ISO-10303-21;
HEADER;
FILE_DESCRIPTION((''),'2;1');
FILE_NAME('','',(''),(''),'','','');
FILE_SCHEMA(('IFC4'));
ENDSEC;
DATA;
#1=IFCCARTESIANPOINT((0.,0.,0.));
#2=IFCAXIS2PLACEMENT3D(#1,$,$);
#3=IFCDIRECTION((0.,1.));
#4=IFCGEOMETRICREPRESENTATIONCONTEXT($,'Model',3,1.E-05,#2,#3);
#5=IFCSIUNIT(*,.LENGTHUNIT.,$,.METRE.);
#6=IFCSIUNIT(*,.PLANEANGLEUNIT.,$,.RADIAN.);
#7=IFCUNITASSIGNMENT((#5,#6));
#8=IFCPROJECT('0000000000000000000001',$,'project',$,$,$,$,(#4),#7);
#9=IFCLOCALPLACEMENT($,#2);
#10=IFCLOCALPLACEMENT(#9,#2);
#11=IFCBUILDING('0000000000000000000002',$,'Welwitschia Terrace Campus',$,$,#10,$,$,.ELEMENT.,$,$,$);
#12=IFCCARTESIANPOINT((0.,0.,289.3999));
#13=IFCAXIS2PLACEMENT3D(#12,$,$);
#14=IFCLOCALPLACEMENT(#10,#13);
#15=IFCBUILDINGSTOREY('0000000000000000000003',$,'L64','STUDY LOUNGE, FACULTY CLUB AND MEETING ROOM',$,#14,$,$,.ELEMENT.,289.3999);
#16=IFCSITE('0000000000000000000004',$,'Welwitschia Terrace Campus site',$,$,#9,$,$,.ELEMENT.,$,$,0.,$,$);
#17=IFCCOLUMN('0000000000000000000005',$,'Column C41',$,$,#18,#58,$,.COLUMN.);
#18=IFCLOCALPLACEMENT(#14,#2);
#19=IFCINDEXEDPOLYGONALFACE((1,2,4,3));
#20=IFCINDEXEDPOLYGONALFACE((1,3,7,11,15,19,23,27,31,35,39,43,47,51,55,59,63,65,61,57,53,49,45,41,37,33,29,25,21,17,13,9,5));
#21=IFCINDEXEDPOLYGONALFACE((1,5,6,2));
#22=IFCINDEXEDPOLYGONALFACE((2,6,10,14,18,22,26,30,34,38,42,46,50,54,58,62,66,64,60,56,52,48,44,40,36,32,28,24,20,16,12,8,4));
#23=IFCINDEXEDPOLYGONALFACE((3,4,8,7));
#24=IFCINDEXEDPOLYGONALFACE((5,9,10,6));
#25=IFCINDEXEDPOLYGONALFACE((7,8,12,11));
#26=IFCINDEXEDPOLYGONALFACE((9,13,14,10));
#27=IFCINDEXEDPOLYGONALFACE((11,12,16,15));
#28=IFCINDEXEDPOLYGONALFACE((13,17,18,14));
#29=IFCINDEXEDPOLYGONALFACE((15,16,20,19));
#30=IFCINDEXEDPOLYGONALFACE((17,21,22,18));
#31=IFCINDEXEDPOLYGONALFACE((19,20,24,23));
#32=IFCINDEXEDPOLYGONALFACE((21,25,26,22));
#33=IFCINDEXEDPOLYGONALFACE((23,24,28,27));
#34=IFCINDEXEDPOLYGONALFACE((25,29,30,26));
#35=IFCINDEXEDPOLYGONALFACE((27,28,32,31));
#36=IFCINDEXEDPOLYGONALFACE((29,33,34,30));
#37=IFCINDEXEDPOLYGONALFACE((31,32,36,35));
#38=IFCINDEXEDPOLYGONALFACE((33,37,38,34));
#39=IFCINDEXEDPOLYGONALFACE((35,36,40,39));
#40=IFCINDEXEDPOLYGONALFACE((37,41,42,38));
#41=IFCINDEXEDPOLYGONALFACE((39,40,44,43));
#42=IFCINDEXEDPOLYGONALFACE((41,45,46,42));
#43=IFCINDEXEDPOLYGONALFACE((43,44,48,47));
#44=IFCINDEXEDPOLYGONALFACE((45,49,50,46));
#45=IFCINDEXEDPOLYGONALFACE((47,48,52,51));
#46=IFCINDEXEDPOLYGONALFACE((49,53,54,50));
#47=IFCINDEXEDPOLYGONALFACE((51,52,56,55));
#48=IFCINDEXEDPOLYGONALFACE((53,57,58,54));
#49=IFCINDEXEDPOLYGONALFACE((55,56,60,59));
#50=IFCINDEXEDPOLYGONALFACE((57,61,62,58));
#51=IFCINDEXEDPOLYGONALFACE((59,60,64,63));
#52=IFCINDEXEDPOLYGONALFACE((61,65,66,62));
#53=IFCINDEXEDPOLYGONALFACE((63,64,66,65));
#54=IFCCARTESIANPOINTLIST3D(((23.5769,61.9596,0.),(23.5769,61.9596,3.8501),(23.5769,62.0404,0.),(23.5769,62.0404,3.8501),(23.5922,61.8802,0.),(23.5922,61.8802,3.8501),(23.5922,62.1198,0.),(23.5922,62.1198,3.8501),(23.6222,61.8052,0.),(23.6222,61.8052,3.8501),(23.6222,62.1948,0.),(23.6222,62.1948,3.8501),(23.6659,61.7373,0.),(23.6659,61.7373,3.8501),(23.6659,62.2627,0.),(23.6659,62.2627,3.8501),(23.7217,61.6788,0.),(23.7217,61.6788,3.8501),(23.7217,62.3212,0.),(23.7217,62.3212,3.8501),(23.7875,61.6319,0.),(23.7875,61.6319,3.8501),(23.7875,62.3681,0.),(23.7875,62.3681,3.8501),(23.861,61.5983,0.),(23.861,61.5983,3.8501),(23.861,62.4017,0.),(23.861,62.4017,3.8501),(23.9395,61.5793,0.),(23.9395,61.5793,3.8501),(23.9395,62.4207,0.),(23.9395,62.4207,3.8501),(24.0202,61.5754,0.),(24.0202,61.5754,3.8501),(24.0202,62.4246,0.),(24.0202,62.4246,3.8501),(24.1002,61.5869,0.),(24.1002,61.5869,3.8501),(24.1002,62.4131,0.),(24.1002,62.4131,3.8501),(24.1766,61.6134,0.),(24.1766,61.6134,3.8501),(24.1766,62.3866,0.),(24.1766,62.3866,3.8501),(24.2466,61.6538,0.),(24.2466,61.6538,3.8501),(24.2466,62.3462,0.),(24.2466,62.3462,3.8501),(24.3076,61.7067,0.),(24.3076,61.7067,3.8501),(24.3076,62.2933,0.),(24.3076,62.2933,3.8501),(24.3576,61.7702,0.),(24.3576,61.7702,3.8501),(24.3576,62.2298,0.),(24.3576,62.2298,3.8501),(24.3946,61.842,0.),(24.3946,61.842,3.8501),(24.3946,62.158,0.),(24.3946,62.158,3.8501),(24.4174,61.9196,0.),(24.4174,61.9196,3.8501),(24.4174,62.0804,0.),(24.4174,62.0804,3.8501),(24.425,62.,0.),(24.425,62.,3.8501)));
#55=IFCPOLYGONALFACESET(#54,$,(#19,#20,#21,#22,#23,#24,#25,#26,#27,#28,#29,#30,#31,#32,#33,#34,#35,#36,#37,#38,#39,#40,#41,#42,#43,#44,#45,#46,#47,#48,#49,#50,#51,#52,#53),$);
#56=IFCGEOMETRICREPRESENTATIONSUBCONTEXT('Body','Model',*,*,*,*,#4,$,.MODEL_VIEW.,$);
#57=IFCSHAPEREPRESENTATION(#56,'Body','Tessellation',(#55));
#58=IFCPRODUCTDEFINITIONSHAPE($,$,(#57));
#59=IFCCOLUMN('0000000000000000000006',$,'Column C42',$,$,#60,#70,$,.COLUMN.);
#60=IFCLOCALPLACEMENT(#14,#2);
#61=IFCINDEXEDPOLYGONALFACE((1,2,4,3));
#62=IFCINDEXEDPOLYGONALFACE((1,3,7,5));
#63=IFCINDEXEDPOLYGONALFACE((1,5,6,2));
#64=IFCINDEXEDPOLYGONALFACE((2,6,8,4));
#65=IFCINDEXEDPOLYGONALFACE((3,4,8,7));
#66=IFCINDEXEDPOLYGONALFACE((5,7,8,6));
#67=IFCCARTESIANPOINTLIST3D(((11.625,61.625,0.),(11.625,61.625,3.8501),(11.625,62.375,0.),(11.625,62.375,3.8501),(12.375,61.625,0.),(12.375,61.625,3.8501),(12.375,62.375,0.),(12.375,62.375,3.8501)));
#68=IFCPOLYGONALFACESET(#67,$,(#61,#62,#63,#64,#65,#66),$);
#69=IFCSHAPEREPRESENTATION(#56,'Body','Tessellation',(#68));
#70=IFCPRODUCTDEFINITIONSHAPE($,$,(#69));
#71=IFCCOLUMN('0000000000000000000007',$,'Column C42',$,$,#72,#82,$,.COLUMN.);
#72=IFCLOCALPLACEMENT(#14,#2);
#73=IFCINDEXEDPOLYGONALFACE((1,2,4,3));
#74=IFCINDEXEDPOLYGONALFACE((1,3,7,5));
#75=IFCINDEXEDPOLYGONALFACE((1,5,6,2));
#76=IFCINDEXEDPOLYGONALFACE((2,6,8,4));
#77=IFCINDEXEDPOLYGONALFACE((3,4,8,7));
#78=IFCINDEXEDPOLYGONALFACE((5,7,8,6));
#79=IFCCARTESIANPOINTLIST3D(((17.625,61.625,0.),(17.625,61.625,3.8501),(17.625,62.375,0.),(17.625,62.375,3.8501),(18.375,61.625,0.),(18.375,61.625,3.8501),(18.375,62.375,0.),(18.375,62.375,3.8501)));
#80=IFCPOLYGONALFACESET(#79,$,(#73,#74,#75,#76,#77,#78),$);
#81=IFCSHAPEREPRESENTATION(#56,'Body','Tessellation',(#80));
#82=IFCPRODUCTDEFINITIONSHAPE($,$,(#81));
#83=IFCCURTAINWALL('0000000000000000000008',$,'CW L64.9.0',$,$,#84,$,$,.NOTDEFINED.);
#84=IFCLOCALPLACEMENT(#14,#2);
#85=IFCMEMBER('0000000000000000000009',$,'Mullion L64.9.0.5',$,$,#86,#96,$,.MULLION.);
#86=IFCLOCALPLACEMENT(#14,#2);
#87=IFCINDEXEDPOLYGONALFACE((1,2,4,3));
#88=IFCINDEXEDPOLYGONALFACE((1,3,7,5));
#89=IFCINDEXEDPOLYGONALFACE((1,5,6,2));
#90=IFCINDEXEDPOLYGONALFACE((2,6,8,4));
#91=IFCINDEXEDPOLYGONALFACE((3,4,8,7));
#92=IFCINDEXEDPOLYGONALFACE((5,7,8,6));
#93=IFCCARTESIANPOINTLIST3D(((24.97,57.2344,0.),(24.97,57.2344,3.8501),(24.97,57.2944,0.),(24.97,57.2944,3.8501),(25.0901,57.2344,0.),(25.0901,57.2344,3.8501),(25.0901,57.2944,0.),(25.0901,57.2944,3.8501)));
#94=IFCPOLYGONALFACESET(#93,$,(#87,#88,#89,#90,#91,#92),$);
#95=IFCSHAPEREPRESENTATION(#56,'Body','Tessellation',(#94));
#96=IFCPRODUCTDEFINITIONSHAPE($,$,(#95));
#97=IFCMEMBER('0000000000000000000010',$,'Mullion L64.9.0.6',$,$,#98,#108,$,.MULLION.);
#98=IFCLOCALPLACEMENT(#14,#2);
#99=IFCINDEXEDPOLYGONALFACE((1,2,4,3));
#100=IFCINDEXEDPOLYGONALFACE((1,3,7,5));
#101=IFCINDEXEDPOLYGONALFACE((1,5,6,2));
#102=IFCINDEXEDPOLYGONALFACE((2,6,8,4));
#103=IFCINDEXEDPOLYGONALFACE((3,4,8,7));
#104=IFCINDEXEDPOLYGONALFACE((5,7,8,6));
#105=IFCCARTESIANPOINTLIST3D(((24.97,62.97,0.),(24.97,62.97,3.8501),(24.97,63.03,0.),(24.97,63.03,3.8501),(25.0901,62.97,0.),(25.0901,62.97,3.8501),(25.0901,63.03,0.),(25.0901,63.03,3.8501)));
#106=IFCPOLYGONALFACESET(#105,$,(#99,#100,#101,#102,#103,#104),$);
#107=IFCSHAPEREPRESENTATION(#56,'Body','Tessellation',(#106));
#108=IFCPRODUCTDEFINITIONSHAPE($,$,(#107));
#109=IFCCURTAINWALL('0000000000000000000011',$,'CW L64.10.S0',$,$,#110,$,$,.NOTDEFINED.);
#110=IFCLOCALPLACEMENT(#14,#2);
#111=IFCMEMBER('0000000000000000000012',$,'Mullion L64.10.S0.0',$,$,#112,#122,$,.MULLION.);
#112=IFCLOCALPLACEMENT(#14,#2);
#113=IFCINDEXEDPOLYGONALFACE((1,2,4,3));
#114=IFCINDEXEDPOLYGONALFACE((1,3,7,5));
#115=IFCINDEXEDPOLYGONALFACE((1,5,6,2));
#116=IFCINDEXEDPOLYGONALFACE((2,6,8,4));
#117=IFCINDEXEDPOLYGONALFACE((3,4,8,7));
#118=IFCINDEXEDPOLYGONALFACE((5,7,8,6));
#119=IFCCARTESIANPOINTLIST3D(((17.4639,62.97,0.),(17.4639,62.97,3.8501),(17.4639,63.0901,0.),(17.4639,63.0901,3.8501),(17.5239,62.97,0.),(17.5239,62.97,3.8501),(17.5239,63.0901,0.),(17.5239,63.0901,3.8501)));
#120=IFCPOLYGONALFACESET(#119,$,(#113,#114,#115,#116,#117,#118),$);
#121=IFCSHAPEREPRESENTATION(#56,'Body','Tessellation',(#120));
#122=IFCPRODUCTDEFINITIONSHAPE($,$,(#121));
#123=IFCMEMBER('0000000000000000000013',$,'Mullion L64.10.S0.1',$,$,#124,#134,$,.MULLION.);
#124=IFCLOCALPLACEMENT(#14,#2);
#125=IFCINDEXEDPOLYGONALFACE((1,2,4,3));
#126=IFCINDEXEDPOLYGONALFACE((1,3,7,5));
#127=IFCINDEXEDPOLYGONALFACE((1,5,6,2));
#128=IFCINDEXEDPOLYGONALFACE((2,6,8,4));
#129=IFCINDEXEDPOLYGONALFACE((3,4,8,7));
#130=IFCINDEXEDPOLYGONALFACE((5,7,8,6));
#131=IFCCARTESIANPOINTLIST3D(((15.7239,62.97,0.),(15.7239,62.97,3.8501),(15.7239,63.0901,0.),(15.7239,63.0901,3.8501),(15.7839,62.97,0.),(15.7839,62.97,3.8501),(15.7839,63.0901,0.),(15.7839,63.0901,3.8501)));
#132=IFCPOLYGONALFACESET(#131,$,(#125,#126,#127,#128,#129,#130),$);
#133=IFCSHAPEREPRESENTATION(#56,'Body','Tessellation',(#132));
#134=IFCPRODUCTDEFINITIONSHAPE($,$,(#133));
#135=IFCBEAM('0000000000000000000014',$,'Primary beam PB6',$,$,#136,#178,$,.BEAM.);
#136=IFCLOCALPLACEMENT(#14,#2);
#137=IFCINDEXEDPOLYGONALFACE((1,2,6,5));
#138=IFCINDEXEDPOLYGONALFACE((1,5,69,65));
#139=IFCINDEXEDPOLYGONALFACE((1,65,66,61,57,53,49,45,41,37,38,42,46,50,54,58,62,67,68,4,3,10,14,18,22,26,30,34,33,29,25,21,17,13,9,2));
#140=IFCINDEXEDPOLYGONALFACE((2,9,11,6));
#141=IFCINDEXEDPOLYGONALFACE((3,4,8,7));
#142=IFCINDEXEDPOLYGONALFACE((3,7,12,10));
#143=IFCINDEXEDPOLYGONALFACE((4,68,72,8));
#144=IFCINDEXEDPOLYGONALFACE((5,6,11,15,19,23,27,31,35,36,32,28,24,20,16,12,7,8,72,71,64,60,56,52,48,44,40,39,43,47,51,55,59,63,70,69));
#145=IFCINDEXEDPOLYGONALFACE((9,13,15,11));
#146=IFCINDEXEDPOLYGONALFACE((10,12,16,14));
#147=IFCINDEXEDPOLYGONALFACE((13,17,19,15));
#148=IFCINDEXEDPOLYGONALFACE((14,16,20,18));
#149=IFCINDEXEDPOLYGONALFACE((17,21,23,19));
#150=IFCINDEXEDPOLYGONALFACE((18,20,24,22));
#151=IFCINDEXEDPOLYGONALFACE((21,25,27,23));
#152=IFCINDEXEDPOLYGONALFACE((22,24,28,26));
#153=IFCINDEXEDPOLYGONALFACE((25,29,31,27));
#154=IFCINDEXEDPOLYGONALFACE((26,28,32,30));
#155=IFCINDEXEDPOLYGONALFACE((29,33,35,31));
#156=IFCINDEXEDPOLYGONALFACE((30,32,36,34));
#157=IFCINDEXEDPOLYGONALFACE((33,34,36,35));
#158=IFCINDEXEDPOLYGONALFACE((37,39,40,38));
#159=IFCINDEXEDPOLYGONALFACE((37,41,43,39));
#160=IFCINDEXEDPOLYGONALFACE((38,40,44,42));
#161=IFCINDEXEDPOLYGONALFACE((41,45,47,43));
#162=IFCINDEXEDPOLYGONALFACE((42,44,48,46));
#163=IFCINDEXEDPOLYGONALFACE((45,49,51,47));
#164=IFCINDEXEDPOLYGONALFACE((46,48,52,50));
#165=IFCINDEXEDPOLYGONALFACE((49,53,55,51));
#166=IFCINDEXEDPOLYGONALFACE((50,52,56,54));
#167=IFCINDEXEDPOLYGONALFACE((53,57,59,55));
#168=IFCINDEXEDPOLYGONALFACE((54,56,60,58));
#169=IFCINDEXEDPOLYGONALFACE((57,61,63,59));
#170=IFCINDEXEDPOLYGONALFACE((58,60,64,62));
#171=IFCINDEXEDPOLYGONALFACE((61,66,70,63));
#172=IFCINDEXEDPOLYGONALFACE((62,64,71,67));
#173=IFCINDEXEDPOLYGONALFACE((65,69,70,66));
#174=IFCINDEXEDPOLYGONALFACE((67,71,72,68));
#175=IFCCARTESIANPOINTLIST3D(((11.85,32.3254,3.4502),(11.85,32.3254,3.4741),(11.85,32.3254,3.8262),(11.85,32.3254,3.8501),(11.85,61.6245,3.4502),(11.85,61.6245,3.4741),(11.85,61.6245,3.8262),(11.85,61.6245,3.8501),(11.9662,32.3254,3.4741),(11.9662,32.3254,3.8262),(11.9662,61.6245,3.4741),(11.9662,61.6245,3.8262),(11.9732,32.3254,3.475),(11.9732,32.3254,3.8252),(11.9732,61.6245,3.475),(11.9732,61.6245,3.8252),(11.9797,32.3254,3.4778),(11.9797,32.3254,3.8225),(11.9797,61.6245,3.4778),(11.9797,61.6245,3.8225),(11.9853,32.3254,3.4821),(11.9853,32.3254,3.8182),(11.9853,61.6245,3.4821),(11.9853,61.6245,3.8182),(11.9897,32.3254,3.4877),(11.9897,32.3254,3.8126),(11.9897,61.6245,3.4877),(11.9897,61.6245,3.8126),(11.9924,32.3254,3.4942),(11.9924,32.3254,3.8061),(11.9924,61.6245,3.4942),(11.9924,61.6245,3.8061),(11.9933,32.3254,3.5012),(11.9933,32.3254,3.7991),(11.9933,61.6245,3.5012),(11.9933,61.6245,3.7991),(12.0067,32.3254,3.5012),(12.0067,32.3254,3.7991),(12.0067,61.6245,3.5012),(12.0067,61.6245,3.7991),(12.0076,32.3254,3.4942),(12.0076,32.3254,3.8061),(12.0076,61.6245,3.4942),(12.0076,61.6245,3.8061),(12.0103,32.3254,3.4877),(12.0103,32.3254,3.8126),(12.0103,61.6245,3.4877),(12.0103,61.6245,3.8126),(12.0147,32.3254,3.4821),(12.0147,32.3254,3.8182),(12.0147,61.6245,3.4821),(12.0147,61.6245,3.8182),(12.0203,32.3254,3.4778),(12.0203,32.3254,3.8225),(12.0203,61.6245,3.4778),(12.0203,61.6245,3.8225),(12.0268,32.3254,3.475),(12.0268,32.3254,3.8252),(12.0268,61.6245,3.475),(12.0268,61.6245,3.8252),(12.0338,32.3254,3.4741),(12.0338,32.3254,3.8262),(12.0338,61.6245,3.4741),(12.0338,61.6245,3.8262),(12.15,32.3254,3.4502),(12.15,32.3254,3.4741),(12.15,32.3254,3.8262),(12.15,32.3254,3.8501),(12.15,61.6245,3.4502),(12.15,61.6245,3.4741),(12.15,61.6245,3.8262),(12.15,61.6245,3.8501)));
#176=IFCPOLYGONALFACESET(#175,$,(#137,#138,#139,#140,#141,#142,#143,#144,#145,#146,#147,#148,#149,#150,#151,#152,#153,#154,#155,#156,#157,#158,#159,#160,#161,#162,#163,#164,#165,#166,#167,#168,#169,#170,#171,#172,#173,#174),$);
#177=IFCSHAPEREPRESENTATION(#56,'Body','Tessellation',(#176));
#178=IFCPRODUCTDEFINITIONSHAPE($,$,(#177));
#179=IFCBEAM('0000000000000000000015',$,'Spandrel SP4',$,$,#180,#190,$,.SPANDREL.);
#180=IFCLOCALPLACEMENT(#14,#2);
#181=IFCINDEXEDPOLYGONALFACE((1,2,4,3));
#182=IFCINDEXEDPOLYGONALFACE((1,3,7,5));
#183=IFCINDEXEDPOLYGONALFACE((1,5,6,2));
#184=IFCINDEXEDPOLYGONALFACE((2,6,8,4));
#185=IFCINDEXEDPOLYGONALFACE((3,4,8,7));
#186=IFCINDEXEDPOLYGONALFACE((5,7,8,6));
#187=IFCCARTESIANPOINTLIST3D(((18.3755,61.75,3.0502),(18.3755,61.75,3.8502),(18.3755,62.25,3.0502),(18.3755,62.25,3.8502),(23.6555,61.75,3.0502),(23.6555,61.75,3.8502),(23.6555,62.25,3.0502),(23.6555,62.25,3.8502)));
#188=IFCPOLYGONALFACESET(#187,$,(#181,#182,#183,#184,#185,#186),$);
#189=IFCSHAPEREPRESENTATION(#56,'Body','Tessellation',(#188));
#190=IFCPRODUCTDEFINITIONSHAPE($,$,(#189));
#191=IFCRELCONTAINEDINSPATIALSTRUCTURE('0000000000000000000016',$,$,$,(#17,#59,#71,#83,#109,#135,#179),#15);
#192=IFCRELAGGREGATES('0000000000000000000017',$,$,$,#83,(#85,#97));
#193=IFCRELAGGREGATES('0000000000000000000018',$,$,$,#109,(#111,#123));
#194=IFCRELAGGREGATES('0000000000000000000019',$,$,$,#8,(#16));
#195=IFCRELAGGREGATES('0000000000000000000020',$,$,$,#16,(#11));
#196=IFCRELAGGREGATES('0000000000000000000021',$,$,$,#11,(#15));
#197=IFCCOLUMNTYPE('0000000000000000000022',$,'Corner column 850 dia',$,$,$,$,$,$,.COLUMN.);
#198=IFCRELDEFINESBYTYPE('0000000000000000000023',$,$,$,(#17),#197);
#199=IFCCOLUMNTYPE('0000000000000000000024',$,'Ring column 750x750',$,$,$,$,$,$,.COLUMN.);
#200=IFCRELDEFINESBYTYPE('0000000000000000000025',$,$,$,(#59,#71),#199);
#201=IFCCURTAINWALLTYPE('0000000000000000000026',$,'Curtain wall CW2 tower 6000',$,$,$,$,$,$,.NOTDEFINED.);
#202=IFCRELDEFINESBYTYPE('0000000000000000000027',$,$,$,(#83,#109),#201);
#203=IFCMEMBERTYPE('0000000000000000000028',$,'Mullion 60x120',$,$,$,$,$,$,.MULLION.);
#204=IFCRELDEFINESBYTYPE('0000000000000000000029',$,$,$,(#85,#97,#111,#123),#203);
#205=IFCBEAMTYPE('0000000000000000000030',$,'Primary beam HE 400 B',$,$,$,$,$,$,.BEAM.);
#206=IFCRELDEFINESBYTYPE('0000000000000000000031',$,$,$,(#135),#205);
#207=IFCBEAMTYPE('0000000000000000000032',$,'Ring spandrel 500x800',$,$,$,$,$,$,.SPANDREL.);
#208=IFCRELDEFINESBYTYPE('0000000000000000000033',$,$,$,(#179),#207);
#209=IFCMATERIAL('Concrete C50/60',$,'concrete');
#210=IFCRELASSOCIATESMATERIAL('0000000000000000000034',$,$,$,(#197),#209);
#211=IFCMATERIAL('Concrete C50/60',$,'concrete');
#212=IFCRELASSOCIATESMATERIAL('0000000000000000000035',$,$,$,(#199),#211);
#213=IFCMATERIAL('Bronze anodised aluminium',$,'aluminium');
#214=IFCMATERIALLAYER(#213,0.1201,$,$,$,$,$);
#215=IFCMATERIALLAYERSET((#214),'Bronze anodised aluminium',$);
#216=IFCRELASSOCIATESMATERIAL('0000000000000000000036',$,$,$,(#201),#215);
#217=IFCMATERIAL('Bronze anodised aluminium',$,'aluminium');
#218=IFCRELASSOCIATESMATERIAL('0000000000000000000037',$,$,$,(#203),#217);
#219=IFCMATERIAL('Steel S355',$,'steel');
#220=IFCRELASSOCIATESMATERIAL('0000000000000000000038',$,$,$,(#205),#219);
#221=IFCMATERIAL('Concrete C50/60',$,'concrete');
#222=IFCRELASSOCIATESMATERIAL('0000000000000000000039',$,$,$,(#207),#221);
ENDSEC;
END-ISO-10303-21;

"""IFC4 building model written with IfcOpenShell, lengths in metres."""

from ifc_helpers import new_model, si_unit, direction, frame, origin, origin_2d, place, context, subcontext, project, spatial, rectangle, circle, i_section, extrude, material, layer, layer_set, material_profile, profile_set, type_object, element, aggregate, save


model = new_model("IFC4")

# Units and contexts
model_context = context("Model", 3, precision=1e-05, world=origin(), true_north=direction((0.0, 1.0)))
body_context = subcontext(model_context, "Body", "Model", "MODEL_VIEW")
ifc_project = project(units=[si_unit("LENGTHUNIT", "METRE"), si_unit("PLANEANGLEUNIT", "RADIAN")], contexts=[model_context])

# Site, building, storey
site_placement = place(None, origin())
site = spatial("IfcSite", under=ifc_project, at=site_placement, Name="Welwitschia Terrace Campus site", CompositionType="ELEMENT", RefElevation=0.0)
building_placement = place(site_placement, origin())
building = spatial("IfcBuilding", under=site, at=building_placement, Name="Welwitschia Terrace Campus", CompositionType="ELEMENT")
storey_placement = place(building_placement, frame((0.0, 0.0, 289.3999)))
storey = spatial("IfcBuildingStorey", under=building, at=storey_placement, Name="L64", Description="STUDY LOUNGE, FACULTY CLUB AND MEETING ROOM", CompositionType="ELEMENT", Elevation=289.3999)

# Columns
ifc_material_1 = material(Name="Concrete C50/60", Category="concrete")
ifc_material_profile_1 = material_profile(ifc_material_1, circle(Radius=0.425, at=origin_2d()))
ifc_profile_set_1 = profile_set([ifc_material_profile_1], Name="Concrete C50/60")
column_type_1 = type_object("IfcColumnType", Name="Corner column 850 dia", PredefinedType="COLUMN", material=ifc_profile_set_1)
column_placement = place(storey_placement, frame((24.0, 62.0, 0.0), z_axis=(0.0, 0.0, 1.0), x_axis=(1.0, 0.0, 0.0)))
element("IfcColumn", 1, at=column_placement, inside=storey, type_object=column_type_1, Name="Column C41", PredefinedType="COLUMN", context=body_context, shape_type="SweptSolid", body=[
    extrude(circle(Radius=0.425, at=origin_2d()), origin(), (0.0, 0.0, 1.0), 3.8501),
])
ifc_material_2 = material(Name="Concrete C50/60", Category="concrete")
ifc_material_profile_2 = material_profile(ifc_material_2, rectangle(XDim=0.75, YDim=0.75, at=origin_2d()))
ifc_profile_set_2 = profile_set([ifc_material_profile_2], Name="Concrete C50/60")
column_type_2 = type_object("IfcColumnType", Name="Ring column 750x750", PredefinedType="COLUMN", material=ifc_profile_set_2)
for number, where, z_axis, x_axis, name in (
    (2, (12.0, 62.0, 0.0), (0.0, 0.0, 1.0), (1.0, 0.0, 0.0), "Column C42"),
    (3, (18.0, 62.0, 0.0), (0.0, 0.0, 1.0), (1.0, 0.0, 0.0), "Column C42"),
):
    element("IfcColumn", number, at=place(storey_placement, frame(where, z_axis=z_axis, x_axis=x_axis)), inside=storey, type_object=column_type_2, Name=name, PredefinedType="COLUMN", context=body_context, shape_type="SweptSolid", body=[
        extrude(rectangle(XDim=0.75, YDim=0.75, at=origin_2d()), origin(), (0.0, 0.0, 1.0), 3.8501),
    ])

# Curtain walls, members
ifc_material_3 = material(Name="Bronze anodised aluminium", Category="aluminium")
ifc_layer_1 = layer(ifc_material_3, 0.1201)
ifc_layer_set_1 = layer_set([ifc_layer_1], Name="Bronze anodised aluminium")
curtain_wall_type = type_object("IfcCurtainWallType", Name="Curtain wall CW2 tower 6000", PredefinedType="NOTDEFINED", material=ifc_layer_set_1)
curtain_wall_1_placement = place(storey_placement, origin())
curtain_wall_1 = element("IfcCurtainWall", 4, at=curtain_wall_1_placement, inside=storey, type_object=curtain_wall_type, Name="CW L64.9.0", PredefinedType="NOTDEFINED")
ifc_material_4 = material(Name="Bronze anodised aluminium", Category="aluminium")
ifc_material_profile_3 = material_profile(ifc_material_4, rectangle(XDim=0.1201, YDim=0.0601, at=origin_2d()))
ifc_profile_set_3 = profile_set([ifc_material_profile_3], Name="Bronze anodised aluminium")
member_type_1 = type_object("IfcMemberType", Name="Mullion 60x120", PredefinedType="MULLION", material=ifc_profile_set_3)
member_1_placement = place(storey_placement, frame((25.03, 57.2644, 0.0), z_axis=(0.0, 0.0, 1.0), x_axis=(-1.0, 0.0, 0.0)))
member_1 = element("IfcMember", 5, at=member_1_placement, type_object=member_type_1, Name="Mullion L64.9.0.5", PredefinedType="MULLION", context=body_context, shape_type="SweptSolid", body=[
    extrude(rectangle(XDim=0.1201, YDim=0.0601, at=origin_2d()), origin(), (0.0, 0.0, 1.0), 3.8501),
])
member_2_placement = place(storey_placement, frame((25.03, 63.0, 0.0), z_axis=(0.0, 0.0, 1.0), x_axis=(-1.0, 0.0, 0.0)))
member_2 = element("IfcMember", 6, at=member_2_placement, type_object=member_type_1, Name="Mullion L64.9.0.6", PredefinedType="MULLION", context=body_context, shape_type="SweptSolid", body=[
    extrude(rectangle(XDim=0.1201, YDim=0.0601, at=origin_2d()), origin(), (0.0, 0.0, 1.0), 3.8501),
])
curtain_wall_2_placement = place(storey_placement, origin())
curtain_wall_2 = element("IfcCurtainWall", 7, at=curtain_wall_2_placement, inside=storey, type_object=curtain_wall_type, Name="CW L64.10.S0", PredefinedType="NOTDEFINED")
member_3_placement = place(storey_placement, frame((17.4939, 63.03, 0.0), z_axis=(0.0, 0.0, 1.0), x_axis=(0.0, -1.0, 0.0)))
member_3 = element("IfcMember", 8, at=member_3_placement, type_object=member_type_1, Name="Mullion L64.10.S0.0", PredefinedType="MULLION", context=body_context, shape_type="SweptSolid", body=[
    extrude(rectangle(XDim=0.1201, YDim=0.0601, at=origin_2d()), origin(), (0.0, 0.0, 1.0), 3.8501),
])
member_4_placement = place(storey_placement, frame((15.7539, 63.03, 0.0), z_axis=(0.0, 0.0, 1.0), x_axis=(0.0, -1.0, 0.0)))
member_4 = element("IfcMember", 9, at=member_4_placement, type_object=member_type_1, Name="Mullion L64.10.S0.1", PredefinedType="MULLION", context=body_context, shape_type="SweptSolid", body=[
    extrude(rectangle(XDim=0.1201, YDim=0.0601, at=origin_2d()), origin(), (0.0, 0.0, 1.0), 3.8501),
])

# Beams
ifc_material_5 = material(Name="Steel S355", Category="steel")
ifc_material_profile_4 = material_profile(ifc_material_5, i_section(OverallWidth=0.3, OverallDepth=0.3999, WebThickness=0.0134, FlangeThickness=0.0239, FilletRadius=0.0271, at=origin_2d()))
ifc_profile_set_4 = profile_set([ifc_material_profile_4], Name="Steel S355")
beam_type_1 = type_object("IfcBeamType", Name="Primary beam HE 400 B", PredefinedType="BEAM", material=ifc_profile_set_4)
beam_1_placement = place(storey_placement, frame((12.0, 61.6245, 3.6501), z_axis=(0.0, -1.0, 0.0), x_axis=(1.0, 0.0, 0.0)))
element("IfcBeam", 10, at=beam_1_placement, inside=storey, type_object=beam_type_1, Name="Primary beam PB6", PredefinedType="BEAM", context=body_context, shape_type="SweptSolid", body=[
    extrude(i_section(OverallWidth=0.3, OverallDepth=0.3999, WebThickness=0.0134, FlangeThickness=0.0239, FilletRadius=0.0271, at=origin_2d()), origin(), (0.0, 0.0, 1.0), 29.2991),
])
ifc_material_6 = material(Name="Concrete C50/60", Category="concrete")
ifc_material_profile_5 = material_profile(ifc_material_6, rectangle(XDim=0.5, YDim=0.8, at=origin_2d()))
ifc_profile_set_5 = profile_set([ifc_material_profile_5], Name="Concrete C50/60")
beam_type_2 = type_object("IfcBeamType", Name="Ring spandrel 500x800", PredefinedType="SPANDREL", material=ifc_profile_set_5)
beam_2_placement = place(storey_placement, frame((23.6555, 62.0, 3.4502), z_axis=(-1.0, 0.0, 0.0), x_axis=(0.0, -1.0, 0.0)))
element("IfcBeam", 11, at=beam_2_placement, inside=storey, type_object=beam_type_2, Name="Spandrel SP4", PredefinedType="SPANDREL", context=body_context, shape_type="SweptSolid", body=[
    extrude(rectangle(XDim=0.5, YDim=0.8, at=origin_2d()), origin(), (0.0, 0.0, 1.0), 5.28),
])

aggregate(curtain_wall_1, [member_1, member_2])
aggregate(curtain_wall_2, [member_3, member_4])

save(model, "model.ifc")
